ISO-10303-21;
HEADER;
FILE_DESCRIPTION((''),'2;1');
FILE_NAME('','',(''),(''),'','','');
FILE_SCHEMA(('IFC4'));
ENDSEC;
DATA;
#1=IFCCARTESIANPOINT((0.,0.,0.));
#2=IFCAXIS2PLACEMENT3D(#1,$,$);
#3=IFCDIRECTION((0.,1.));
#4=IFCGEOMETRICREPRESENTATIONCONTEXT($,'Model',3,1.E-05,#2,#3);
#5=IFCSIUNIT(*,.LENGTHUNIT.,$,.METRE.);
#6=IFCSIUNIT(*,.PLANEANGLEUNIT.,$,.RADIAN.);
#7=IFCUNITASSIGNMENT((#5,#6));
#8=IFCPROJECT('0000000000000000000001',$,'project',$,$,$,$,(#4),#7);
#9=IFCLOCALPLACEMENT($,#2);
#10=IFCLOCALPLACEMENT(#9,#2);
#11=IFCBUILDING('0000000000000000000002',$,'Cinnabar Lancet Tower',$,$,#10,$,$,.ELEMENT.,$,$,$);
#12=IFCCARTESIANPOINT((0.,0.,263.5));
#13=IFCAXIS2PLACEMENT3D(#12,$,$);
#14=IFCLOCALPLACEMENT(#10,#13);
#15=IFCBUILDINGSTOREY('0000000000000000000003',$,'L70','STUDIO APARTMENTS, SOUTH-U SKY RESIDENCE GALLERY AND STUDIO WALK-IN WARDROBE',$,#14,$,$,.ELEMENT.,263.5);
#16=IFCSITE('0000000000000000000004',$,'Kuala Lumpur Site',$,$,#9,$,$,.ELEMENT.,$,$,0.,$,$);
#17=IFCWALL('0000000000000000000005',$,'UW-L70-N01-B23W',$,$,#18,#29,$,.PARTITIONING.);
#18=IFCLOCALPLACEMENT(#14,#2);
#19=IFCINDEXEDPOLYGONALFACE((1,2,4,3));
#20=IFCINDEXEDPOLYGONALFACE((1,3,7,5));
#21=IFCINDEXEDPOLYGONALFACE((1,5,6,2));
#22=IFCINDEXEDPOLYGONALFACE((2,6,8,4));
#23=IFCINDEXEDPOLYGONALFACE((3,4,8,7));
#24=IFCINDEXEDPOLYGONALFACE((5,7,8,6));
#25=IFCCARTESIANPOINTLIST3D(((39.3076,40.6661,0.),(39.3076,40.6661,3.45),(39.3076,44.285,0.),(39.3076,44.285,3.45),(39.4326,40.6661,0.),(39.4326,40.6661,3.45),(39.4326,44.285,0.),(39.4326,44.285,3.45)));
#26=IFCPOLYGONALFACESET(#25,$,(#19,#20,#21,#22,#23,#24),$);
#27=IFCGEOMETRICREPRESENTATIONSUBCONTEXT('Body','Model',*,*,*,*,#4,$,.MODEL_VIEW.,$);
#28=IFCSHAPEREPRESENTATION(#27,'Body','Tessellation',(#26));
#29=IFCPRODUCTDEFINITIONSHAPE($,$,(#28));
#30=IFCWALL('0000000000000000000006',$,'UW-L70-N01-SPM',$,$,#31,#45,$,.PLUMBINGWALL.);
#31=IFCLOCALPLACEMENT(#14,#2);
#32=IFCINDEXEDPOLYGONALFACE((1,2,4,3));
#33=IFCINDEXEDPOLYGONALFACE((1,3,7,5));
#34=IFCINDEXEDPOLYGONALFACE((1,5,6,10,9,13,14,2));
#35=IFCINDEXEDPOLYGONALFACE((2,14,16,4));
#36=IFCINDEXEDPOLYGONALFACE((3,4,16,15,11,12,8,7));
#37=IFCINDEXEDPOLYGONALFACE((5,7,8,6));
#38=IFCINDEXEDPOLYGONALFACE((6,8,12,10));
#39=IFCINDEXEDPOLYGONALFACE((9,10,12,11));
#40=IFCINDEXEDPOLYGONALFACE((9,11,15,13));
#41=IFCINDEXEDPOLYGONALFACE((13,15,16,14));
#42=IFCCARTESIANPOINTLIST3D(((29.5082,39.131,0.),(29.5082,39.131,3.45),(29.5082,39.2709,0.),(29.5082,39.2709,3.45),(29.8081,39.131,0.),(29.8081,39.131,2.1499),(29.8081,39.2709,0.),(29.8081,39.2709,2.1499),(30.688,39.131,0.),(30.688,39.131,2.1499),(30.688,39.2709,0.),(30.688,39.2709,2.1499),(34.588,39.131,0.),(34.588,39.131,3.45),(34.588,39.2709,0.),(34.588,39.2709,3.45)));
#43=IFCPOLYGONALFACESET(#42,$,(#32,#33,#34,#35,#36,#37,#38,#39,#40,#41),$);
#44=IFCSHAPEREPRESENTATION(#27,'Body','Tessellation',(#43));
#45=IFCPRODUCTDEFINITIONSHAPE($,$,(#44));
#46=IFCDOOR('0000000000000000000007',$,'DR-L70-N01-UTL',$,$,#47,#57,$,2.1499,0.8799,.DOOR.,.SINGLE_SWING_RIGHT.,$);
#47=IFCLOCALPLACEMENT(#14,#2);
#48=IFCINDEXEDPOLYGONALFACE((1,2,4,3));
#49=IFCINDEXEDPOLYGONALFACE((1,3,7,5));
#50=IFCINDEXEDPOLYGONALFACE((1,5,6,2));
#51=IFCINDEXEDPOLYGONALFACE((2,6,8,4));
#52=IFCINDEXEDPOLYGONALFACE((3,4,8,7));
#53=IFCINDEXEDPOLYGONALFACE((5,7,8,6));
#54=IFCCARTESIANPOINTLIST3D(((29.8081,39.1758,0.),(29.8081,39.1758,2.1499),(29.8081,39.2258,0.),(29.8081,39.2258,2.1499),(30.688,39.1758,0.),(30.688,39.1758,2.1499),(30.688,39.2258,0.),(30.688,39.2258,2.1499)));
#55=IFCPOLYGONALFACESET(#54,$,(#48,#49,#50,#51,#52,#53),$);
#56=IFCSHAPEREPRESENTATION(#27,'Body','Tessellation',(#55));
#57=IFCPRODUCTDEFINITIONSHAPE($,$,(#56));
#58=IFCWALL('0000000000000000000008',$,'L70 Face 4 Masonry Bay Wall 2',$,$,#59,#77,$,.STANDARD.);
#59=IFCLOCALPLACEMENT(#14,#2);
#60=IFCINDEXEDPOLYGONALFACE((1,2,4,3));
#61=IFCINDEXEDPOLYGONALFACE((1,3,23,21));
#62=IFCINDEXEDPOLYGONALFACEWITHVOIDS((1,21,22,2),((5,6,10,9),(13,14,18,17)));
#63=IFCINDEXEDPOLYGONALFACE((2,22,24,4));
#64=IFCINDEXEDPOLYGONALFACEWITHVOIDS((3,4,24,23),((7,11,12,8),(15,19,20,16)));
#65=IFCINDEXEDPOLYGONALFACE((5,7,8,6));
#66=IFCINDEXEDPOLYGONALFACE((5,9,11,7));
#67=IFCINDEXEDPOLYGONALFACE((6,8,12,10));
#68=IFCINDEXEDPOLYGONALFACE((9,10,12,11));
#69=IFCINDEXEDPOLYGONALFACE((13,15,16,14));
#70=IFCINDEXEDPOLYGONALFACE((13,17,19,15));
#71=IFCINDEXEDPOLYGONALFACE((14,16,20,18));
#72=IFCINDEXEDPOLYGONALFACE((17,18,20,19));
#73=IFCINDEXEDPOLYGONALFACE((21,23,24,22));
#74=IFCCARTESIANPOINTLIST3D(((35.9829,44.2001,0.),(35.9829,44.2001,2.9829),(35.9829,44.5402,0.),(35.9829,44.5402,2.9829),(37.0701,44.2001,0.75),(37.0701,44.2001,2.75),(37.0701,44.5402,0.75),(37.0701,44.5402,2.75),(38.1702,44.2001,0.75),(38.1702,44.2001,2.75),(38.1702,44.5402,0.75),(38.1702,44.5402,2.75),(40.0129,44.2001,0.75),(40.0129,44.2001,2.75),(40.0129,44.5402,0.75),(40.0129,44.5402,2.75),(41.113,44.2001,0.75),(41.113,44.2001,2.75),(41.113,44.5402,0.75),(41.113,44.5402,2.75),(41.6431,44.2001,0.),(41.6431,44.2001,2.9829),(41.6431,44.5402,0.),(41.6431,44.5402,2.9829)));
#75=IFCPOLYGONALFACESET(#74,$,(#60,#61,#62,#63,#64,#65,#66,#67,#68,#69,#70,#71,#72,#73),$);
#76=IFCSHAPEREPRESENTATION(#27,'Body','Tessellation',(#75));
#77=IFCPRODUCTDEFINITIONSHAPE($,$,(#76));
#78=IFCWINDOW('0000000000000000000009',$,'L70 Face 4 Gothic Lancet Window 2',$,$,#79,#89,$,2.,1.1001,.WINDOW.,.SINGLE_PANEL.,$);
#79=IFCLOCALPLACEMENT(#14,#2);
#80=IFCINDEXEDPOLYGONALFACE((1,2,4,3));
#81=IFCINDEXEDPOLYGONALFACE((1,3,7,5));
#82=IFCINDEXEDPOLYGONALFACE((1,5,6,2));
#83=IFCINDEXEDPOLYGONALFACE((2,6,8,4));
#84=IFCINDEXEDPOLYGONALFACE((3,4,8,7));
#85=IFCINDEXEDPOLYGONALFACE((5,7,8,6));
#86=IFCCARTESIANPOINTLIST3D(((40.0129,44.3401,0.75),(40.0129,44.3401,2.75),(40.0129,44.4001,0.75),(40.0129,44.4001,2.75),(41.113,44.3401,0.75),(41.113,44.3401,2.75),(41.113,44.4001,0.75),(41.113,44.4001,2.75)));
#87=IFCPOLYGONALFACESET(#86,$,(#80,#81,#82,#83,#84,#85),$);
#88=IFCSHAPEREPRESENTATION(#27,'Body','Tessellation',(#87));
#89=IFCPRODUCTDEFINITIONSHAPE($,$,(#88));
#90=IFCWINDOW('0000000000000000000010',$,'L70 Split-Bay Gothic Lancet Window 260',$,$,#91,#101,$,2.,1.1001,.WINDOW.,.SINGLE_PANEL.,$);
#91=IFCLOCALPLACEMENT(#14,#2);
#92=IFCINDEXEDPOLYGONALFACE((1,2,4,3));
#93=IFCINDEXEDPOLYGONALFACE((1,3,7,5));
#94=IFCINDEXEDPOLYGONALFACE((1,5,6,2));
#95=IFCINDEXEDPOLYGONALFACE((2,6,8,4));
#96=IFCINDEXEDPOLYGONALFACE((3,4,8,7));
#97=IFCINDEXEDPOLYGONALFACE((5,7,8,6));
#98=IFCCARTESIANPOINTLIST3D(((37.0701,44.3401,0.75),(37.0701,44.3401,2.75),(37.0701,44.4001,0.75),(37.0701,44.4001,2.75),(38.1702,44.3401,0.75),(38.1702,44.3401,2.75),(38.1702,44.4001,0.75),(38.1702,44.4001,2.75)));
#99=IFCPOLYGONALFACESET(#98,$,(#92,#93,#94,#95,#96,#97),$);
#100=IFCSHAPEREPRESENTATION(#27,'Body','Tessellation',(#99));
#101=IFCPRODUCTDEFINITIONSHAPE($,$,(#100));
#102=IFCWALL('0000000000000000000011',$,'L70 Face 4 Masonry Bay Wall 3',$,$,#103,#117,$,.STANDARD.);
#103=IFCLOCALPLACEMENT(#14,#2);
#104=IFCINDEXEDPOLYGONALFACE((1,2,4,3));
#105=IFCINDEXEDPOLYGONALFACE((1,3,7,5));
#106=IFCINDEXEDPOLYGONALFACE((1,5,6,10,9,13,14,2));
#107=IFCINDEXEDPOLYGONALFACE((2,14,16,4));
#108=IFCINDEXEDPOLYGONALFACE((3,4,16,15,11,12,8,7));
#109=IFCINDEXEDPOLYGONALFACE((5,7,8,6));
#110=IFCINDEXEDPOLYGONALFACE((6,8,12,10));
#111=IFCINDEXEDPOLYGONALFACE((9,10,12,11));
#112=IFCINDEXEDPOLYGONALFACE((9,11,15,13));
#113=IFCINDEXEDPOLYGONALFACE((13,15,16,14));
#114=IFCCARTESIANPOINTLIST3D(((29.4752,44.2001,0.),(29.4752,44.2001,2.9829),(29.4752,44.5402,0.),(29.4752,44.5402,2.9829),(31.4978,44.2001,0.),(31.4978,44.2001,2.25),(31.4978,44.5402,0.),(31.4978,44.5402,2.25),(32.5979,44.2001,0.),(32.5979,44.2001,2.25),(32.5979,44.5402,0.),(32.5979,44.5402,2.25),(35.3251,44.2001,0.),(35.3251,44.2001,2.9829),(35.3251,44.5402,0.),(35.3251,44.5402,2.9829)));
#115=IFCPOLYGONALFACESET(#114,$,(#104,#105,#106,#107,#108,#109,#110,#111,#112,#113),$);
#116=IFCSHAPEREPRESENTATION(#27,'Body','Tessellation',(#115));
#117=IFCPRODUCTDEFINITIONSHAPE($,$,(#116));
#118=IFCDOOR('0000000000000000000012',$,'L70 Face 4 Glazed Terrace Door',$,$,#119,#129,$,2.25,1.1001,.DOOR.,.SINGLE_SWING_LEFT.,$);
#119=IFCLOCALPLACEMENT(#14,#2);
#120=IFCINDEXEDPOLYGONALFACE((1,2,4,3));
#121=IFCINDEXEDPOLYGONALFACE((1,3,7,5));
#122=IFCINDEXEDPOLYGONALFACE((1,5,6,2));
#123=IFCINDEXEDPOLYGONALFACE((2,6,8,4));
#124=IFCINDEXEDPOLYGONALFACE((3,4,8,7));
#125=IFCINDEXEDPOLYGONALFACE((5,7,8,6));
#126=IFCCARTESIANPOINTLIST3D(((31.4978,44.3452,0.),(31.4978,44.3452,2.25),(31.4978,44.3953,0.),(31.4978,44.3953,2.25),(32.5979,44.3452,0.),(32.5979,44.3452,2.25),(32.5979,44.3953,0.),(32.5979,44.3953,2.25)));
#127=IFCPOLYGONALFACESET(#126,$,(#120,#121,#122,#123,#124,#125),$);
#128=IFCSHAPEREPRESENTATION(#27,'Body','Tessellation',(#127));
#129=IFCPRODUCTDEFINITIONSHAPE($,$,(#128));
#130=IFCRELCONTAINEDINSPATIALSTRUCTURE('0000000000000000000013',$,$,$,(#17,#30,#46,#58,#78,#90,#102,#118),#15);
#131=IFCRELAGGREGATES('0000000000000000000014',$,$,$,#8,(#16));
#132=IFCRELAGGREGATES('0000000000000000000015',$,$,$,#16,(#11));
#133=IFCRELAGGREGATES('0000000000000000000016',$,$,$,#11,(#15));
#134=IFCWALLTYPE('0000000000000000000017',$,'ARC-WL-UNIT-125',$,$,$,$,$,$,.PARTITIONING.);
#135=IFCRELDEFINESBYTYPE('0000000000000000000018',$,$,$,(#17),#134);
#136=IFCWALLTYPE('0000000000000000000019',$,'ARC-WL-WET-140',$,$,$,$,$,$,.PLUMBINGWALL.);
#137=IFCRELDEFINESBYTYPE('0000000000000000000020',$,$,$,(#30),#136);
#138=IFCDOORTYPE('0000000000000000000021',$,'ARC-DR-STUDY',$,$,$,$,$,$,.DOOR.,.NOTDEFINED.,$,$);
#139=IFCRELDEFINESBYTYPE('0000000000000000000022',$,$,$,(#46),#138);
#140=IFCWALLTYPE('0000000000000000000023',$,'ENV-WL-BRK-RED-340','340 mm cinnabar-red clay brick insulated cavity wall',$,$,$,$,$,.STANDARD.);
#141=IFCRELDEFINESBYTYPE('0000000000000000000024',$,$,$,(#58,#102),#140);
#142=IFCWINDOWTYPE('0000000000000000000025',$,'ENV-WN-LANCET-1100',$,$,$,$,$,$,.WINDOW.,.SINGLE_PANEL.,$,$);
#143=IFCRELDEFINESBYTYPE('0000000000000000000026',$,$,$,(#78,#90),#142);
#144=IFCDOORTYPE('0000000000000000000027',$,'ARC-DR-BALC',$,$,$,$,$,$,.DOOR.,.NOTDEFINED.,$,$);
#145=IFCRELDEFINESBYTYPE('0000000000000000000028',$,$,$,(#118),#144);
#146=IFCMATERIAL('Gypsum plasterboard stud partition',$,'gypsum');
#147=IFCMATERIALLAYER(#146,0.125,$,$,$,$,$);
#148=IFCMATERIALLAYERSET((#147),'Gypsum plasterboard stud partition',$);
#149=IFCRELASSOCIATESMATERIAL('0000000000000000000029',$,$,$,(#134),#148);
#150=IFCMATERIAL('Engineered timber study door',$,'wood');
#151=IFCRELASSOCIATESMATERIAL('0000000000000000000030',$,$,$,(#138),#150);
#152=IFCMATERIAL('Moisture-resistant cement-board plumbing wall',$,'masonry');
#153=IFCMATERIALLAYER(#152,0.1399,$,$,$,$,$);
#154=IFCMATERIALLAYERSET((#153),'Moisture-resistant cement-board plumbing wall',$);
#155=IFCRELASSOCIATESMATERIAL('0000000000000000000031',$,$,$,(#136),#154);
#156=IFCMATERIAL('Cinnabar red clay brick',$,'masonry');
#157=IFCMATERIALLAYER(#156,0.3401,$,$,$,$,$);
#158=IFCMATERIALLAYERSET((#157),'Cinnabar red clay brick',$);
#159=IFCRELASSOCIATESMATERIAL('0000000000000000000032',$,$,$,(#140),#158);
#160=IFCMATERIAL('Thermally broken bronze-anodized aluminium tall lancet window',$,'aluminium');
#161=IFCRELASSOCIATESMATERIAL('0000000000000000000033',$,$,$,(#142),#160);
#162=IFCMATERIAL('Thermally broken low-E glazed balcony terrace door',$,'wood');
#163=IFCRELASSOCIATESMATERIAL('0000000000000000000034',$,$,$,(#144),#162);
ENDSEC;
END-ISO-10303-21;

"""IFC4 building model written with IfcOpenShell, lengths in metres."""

from ifc_helpers import new_model, si_unit, direction, frame, frame_2d, origin, place, context, subcontext, project, spatial, rectangle, extrude, material, layer, layer_set, type_object, element, fill, save


model = new_model("IFC4")

# Units and contexts
model_context = context("Model", 3, precision=1e-05, world=origin(), true_north=direction((0.0, 1.0)))
body_context = subcontext(model_context, "Body", "Model", "MODEL_VIEW")
ifc_project = project(units=[si_unit("LENGTHUNIT", "METRE"), si_unit("PLANEANGLEUNIT", "RADIAN")], contexts=[model_context])

# Site, building, storey
site_placement = place(None, origin())
site = spatial("IfcSite", under=ifc_project, at=site_placement, Name="Kuala Lumpur Site", CompositionType="ELEMENT", RefElevation=0.0)
building_placement = place(site_placement, origin())
building = spatial("IfcBuilding", under=site, at=building_placement, Name="Cinnabar Lancet Tower", CompositionType="ELEMENT")
storey_placement = place(building_placement, frame((0.0, 0.0, 263.5)))
storey = spatial("IfcBuildingStorey", under=building, at=storey_placement, Name="L70", Description="STUDIO APARTMENTS, SOUTH-U SKY RESIDENCE GALLERY AND STUDIO WALK-IN WARDROBE", CompositionType="ELEMENT", Elevation=263.5)

# Shared definitions
ifc_material_1 = material(Name="Gypsum plasterboard stud partition", Category="gypsum")
ifc_layer_1 = layer(ifc_material_1, 0.125)
ifc_layer_set_1 = layer_set([ifc_layer_1], Name="Gypsum plasterboard stud partition")
wall_type_1 = type_object("IfcWallType", Name="ARC-WL-UNIT-125", PredefinedType="PARTITIONING", material=ifc_layer_set_1)
ifc_material_2 = material(Name="Engineered timber study door", Category="wood")
door_type_1 = type_object("IfcDoorType", Name="ARC-DR-STUDY", OperationType="NOTDEFINED", PredefinedType="DOOR", material=ifc_material_2)

# Wall
for number, where, z_axis, x_axis, name in (
    (1, (39.3701, 40.666, 0.0), (0.0, 0.0, 1.0), (0.0, 1.0, 0.0), "UW-L70-N01-B23W"),
):
    element("IfcWall", number, at=place(storey_placement, frame(where, z_axis=z_axis, x_axis=x_axis)), inside=storey, type_object=wall_type_1, Name=name, PredefinedType="PARTITIONING", context=body_context, shape_type="SweptSolid", body=[
        extrude(rectangle(XDim=3.6189, YDim=0.125, at=frame_2d((1.8096, 0.0))), origin(), (0.0, 0.0, 1.0), 3.45),
    ])

# Wall, opening, door
ifc_material_3 = material(Name="Moisture-resistant cement-board plumbing wall", Category="masonry")
ifc_layer_2 = layer(ifc_material_3, 0.1399)
ifc_layer_set_2 = layer_set([ifc_layer_2], Name="Moisture-resistant cement-board plumbing wall")
wall_type_2 = type_object("IfcWallType", Name="ARC-WL-WET-140", PredefinedType="PLUMBINGWALL", material=ifc_layer_set_2)
wall_1_placement = place(storey_placement, frame((29.5081, 39.2009, 0.0), z_axis=(0.0, 0.0, 1.0), x_axis=(1.0, 0.0, 0.0)))
wall_1 = element("IfcWall", 2, at=wall_1_placement, inside=storey, type_object=wall_type_2, Name="UW-L70-N01-SPM", PredefinedType="PLUMBINGWALL", context=body_context, shape_type="SweptSolid", body=[
    extrude(rectangle(XDim=5.0798, YDim=0.1399, at=frame_2d((2.54, 0.0))), origin(), (0.0, 0.0, 1.0), 3.45),
])
opening_1_placement = place(wall_1_placement, frame((0.3, 0.0, 0.0)))
opening_1 = element("IfcOpeningElement", 3, at=opening_1_placement, cuts=wall_1, PredefinedType="OPENING", context=body_context, shape_type="SweptSolid", body=[
    extrude(rectangle(XDim=0.8799, YDim=2.1499, at=frame_2d((0.4399, 1.075))), frame((0.0, 0.0798, 0.0), z_axis=(0.0, -1.0, 0.0), x_axis=(1.0, 0.0, 0.0)), (0.0, 0.0, 1.0), 0.1599),
])
door_1_placement = place(opening_1_placement, origin())
door_1 = element("IfcDoor", 4, at=door_1_placement, inside=storey, type_object=door_type_1, Name="DR-L70-N01-UTL", OperationType="SINGLE_SWING_RIGHT", OverallHeight=2.1499, OverallWidth=0.8799, PredefinedType="DOOR", context=body_context, shape_type="SweptSolid", body=[
    extrude(rectangle(XDim=0.8799, YDim=2.1499, at=frame_2d((0.4399, 1.075))), frame((0.0, 0.0249, 0.0), z_axis=(0.0, -1.0, 0.0), x_axis=(1.0, 0.0, 0.0)), (0.0, 0.0, 1.0), 0.05),
])
fill(opening_1, door_1)

# Wall, openings, windows
ifc_material_4 = material(Name="Cinnabar red clay brick", Category="masonry")
ifc_layer_3 = layer(ifc_material_4, 0.3401)
ifc_layer_set_3 = layer_set([ifc_layer_3], Name="Cinnabar red clay brick")
wall_type_3 = type_object("IfcWallType", Name="ENV-WL-BRK-RED-340", Description="340 mm cinnabar-red clay brick insulated cavity wall", PredefinedType="STANDARD", material=ifc_layer_set_3)
wall_2_placement = place(storey_placement, frame((41.6431, 44.3701, 0.0), z_axis=(0.0, 0.0, 1.0), x_axis=(-1.0, 0.0, 0.0)))
wall_2 = element("IfcWall", 5, at=wall_2_placement, inside=storey, type_object=wall_type_3, Name="L70 Face 4 Masonry Bay Wall 2", PredefinedType="STANDARD", context=body_context, shape_type="SweptSolid", body=[
    extrude(rectangle(XDim=5.6602, YDim=0.3401, at=frame_2d((2.8301, 0.0))), origin(), (0.0, 0.0, 1.0), 2.9829),
])
opening_2_placement = place(wall_2_placement, frame((0.53, 0.0, 0.75)))
opening_2 = element("IfcOpeningElement", 6, at=opening_2_placement, cuts=wall_2, PredefinedType="OPENING", context=body_context, shape_type="SweptSolid", body=[
    extrude(rectangle(XDim=1.1001, YDim=2.0, at=frame_2d((0.55, 1.0))), frame((0.0, 0.1799, 0.0), z_axis=(0.0, -1.0, 0.0), x_axis=(1.0, 0.0, 0.0)), (0.0, 0.0, 1.0), 0.3601),
])
opening_3_placement = place(wall_2_placement, frame((3.4729, 0.0, 0.75)))
opening_3 = element("IfcOpeningElement", 7, at=opening_3_placement, cuts=wall_2, PredefinedType="OPENING", context=body_context, shape_type="SweptSolid", body=[
    extrude(rectangle(XDim=1.1001, YDim=2.0, at=frame_2d((0.55, 1.0))), frame((0.0, 0.1799, 0.0), z_axis=(0.0, -1.0, 0.0), x_axis=(1.0, 0.0, 0.0)), (0.0, 0.0, 1.0), 0.3601),
])
ifc_material_5 = material(Name="Thermally broken bronze-anodized aluminium tall lancet window", Category="aluminium")
window_type = type_object("IfcWindowType", Name="ENV-WN-LANCET-1100", PartitioningType="SINGLE_PANEL", PredefinedType="WINDOW", material=ifc_material_5)
window_1_placement = place(opening_2_placement, origin())
window_1 = element("IfcWindow", 8, at=window_1_placement, inside=storey, type_object=window_type, Name="L70 Face 4 Gothic Lancet Window 2", OverallHeight=2.0, OverallWidth=1.1001, PartitioningType="SINGLE_PANEL", PredefinedType="WINDOW", context=body_context, shape_type="SweptSolid", body=[
    extrude(rectangle(XDim=1.1001, YDim=2.0, at=frame_2d((0.55, 1.0))), frame((0.0, 0.03, 0.0), z_axis=(0.0, -1.0, 0.0), x_axis=(1.0, 0.0, 0.0)), (0.0, 0.0, 1.0), 0.0601),
])
fill(opening_2, window_1)
window_2_placement = place(opening_3_placement, origin())
window_2 = element("IfcWindow", 9, at=window_2_placement, inside=storey, type_object=window_type, Name="L70 Split-Bay Gothic Lancet Window 260", OverallHeight=2.0, OverallWidth=1.1001, PartitioningType="SINGLE_PANEL", PredefinedType="WINDOW", context=body_context, shape_type="SweptSolid", body=[
    extrude(rectangle(XDim=1.1001, YDim=2.0, at=frame_2d((0.55, 1.0))), frame((0.0, 0.03, 0.0), z_axis=(0.0, -1.0, 0.0), x_axis=(1.0, 0.0, 0.0)), (0.0, 0.0, 1.0), 0.0601),
])
fill(opening_3, window_2)

# Wall, opening, door
wall_3_placement = place(storey_placement, frame((35.325, 44.3701, 0.0), z_axis=(0.0, 0.0, 1.0), x_axis=(-1.0, 0.0, 0.0)))
wall_3 = element("IfcWall", 10, at=wall_3_placement, inside=storey, type_object=wall_type_3, Name="L70 Face 4 Masonry Bay Wall 3", PredefinedType="STANDARD", context=body_context, shape_type="SweptSolid", body=[
    extrude(rectangle(XDim=5.8499, YDim=0.3401, at=frame_2d((2.9248, 0.0))), origin(), (0.0, 0.0, 1.0), 2.9829),
])
opening_4_placement = place(wall_3_placement, frame((2.7271, 0.0, 0.0)))
opening_4 = element("IfcOpeningElement", 11, at=opening_4_placement, cuts=wall_3, PredefinedType="OPENING", context=body_context, shape_type="SweptSolid", body=[
    extrude(rectangle(XDim=1.1001, YDim=2.25, at=frame_2d((0.55, 1.125))), frame((0.0, 0.1799, 0.0), z_axis=(0.0, -1.0, 0.0), x_axis=(1.0, 0.0, 0.0)), (0.0, 0.0, 1.0), 0.3601),
])
ifc_material_6 = material(Name="Thermally broken low-E glazed balcony terrace door", Category="wood")
door_type_2 = type_object("IfcDoorType", Name="ARC-DR-BALC", OperationType="NOTDEFINED", PredefinedType="DOOR", material=ifc_material_6)
door_2_placement = place(opening_4_placement, origin())
door_2 = element("IfcDoor", 12, at=door_2_placement, inside=storey, type_object=door_type_2, Name="L70 Face 4 Glazed Terrace Door", OperationType="SINGLE_SWING_LEFT", OverallHeight=2.25, OverallWidth=1.1001, PredefinedType="DOOR", context=body_context, shape_type="SweptSolid", body=[
    extrude(rectangle(XDim=1.1001, YDim=2.25, at=frame_2d((0.55, 1.125))), frame((0.0, 0.0249, 0.0), z_axis=(0.0, -1.0, 0.0), x_axis=(1.0, 0.0, 0.0)), (0.0, 0.0, 1.0), 0.05),
])
fill(opening_4, door_2)

save(model, "model.ifc")
